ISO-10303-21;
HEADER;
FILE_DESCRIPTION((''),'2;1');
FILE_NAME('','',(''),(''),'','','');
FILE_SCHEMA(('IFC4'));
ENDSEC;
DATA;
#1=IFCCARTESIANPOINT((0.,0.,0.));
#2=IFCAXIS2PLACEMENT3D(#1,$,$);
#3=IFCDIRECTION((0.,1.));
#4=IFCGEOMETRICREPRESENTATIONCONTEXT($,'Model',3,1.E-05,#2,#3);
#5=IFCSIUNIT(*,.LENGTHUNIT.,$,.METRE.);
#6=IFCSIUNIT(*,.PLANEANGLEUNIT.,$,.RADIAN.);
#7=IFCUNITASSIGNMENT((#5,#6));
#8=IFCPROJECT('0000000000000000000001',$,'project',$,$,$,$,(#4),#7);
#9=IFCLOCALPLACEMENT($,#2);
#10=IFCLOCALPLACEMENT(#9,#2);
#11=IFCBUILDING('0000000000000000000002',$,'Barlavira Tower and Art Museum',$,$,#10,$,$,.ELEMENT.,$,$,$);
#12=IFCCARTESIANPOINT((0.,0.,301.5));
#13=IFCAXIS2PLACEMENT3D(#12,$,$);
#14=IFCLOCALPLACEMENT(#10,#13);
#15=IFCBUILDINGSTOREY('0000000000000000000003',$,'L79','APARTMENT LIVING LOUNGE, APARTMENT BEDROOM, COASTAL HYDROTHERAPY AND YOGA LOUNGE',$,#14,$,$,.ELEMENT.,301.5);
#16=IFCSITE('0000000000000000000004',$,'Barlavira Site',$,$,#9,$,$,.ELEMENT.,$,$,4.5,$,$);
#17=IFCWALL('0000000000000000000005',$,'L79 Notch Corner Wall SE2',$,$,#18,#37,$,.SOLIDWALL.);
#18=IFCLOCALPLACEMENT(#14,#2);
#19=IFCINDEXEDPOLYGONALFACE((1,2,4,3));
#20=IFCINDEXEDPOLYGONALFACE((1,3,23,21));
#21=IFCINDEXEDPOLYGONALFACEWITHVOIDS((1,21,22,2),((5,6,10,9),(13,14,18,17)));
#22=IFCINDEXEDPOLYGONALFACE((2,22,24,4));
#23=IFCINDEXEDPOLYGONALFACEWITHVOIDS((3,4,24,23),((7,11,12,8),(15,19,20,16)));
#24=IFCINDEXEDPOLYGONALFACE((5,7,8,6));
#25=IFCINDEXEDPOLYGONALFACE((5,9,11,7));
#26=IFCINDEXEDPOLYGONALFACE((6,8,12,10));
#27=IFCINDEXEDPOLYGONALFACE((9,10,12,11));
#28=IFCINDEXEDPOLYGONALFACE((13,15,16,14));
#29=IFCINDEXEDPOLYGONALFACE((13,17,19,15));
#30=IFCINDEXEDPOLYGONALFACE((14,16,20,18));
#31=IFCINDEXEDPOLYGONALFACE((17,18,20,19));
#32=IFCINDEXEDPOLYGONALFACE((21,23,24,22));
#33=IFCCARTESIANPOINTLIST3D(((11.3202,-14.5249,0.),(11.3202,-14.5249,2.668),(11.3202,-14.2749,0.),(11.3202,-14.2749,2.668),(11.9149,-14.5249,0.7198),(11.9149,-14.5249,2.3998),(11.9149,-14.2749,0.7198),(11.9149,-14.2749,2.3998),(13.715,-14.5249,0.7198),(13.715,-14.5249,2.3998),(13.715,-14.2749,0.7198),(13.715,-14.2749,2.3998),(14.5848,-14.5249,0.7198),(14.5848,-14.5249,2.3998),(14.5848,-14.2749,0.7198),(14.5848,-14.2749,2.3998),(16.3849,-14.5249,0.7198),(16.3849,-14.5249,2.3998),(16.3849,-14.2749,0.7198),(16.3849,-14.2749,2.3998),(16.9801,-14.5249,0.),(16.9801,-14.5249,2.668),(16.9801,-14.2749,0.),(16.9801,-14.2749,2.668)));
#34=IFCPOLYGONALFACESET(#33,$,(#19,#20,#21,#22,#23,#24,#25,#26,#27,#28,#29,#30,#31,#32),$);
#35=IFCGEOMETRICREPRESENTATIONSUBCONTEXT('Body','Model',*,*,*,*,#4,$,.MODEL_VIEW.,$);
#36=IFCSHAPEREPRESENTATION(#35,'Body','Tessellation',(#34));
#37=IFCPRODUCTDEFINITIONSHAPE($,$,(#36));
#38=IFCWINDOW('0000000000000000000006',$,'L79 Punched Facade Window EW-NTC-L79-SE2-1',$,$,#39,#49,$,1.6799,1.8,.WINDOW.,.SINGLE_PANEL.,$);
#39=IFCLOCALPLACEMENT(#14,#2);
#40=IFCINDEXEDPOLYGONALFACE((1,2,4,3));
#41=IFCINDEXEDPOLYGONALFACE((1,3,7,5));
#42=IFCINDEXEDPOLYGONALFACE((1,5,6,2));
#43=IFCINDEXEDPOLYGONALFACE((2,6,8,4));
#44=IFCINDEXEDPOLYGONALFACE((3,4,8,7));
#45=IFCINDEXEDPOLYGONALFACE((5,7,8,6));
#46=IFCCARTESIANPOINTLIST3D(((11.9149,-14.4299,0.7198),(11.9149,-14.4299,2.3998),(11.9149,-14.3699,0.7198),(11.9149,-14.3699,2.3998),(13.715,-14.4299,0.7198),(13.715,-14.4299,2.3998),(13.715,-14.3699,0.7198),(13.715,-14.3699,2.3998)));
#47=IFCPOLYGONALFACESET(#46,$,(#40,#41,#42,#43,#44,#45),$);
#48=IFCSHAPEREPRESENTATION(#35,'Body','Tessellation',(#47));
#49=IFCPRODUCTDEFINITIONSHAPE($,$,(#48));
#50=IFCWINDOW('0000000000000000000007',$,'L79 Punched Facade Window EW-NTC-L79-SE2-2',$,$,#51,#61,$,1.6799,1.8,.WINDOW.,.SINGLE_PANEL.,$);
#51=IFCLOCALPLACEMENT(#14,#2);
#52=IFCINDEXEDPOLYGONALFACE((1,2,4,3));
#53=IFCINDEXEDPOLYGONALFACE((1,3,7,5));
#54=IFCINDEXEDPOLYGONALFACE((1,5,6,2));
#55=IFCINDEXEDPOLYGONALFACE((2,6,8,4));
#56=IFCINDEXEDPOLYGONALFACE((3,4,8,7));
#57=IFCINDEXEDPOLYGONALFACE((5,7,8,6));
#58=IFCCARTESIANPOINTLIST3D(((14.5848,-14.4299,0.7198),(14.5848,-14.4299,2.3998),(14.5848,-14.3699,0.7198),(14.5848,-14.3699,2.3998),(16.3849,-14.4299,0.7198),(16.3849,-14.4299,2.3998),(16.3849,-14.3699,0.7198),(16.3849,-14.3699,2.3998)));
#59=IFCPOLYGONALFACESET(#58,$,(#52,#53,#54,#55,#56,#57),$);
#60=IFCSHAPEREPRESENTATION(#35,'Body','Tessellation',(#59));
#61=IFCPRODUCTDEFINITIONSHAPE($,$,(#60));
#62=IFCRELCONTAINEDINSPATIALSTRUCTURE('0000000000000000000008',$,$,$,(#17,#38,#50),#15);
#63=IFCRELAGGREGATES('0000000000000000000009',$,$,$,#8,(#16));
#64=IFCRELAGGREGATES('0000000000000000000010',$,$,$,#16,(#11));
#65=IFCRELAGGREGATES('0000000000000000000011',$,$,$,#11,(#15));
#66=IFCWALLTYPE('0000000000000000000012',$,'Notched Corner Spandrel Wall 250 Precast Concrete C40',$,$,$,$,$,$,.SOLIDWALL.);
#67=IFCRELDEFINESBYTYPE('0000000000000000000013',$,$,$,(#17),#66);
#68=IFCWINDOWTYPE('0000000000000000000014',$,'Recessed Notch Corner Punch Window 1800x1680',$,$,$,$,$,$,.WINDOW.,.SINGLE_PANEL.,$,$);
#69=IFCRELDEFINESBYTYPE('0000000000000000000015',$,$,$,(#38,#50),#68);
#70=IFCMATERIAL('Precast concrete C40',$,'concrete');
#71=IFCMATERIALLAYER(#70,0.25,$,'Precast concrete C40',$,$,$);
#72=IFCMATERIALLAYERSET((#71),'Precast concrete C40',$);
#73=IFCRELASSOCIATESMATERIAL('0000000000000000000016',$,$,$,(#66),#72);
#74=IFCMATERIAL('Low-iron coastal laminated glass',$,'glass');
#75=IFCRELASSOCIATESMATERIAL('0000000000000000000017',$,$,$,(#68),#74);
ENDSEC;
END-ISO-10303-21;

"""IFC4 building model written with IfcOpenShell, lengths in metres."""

from ifc_helpers import new_model, si_unit, direction, frame, frame_2d, origin, place, context, subcontext, project, spatial, rectangle, extrude, material, layer, layer_set, type_object, element, fill, save


model = new_model("IFC4")

# Units and contexts
model_context = context("Model", 3, precision=1e-05, world=origin(), true_north=direction((0.0, 1.0)))
body_context = subcontext(model_context, "Body", "Model", "MODEL_VIEW")
ifc_project = project(units=[si_unit("LENGTHUNIT", "METRE"), si_unit("PLANEANGLEUNIT", "RADIAN")], contexts=[model_context])

# Site, building, storey
site_placement = place(None, origin())
site = spatial("IfcSite", under=ifc_project, at=site_placement, Name="Barlavira Site", CompositionType="ELEMENT", RefElevation=4.5)
building_placement = place(site_placement, origin())
building = spatial("IfcBuilding", under=site, at=building_placement, Name="Barlavira Tower and Art Museum", CompositionType="ELEMENT")
storey_placement = place(building_placement, frame((0.0, 0.0, 301.5)))
storey = spatial("IfcBuildingStorey", under=building, at=storey_placement, Name="L79", Description="APARTMENT LIVING LOUNGE, APARTMENT BEDROOM, COASTAL HYDROTHERAPY AND YOGA LOUNGE", CompositionType="ELEMENT", Elevation=301.5)

# Shared definitions
ifc_material_1 = material(Name="Low-iron coastal laminated glass", Category="glass")

# Shared definitions
ifc_material_2 = material(Name="Precast concrete C40", Category="concrete")
ifc_layer_1 = layer(ifc_material_2, 0.25, Name="Precast concrete C40")
ifc_layer_set_1 = layer_set([ifc_layer_1], Name="Precast concrete C40")
wall_type_1 = type_object("IfcWallType", Name="Notched Corner Spandrel Wall 250 Precast Concrete C40", PredefinedType="SOLIDWALL", material=ifc_layer_set_1)

# Shared definitions
window_type_1 = type_object("IfcWindowType", Name="Recessed Notch Corner Punch Window 1800x1680", PartitioningType="SINGLE_PANEL", PredefinedType="WINDOW", material=ifc_material_1)

# Wall, openings, windows
wall_1_placement = place(storey_placement, frame((11.3201, -14.3999, 0.0), z_axis=(0.0, 0.0, 1.0), x_axis=(1.0, 0.0, 0.0)))
wall_1 = element("IfcWall", 1, at=wall_1_placement, inside=storey, type_object=wall_type_1, Name="L79 Notch Corner Wall SE2", PredefinedType="SOLIDWALL", context=body_context, shape_type="SweptSolid", body=[
    extrude(rectangle(XDim=5.6599, YDim=0.25, at=frame_2d((2.8301, 0.0))), origin(), (0.0, 0.0, 1.0), 2.668),
])
opening_1_placement = place(wall_1_placement, frame((0.595, 0.0, 0.72)))
opening_1 = element("IfcOpeningElement", 2, at=opening_1_placement, cuts=wall_1, PredefinedType="OPENING", context=body_context, shape_type="SweptSolid", body=[
    extrude(rectangle(XDim=1.8, YDim=1.6799, at=frame_2d((0.8999, 0.8398))), frame((0.0, 0.135, 0.0), z_axis=(0.0, -1.0, 0.0), x_axis=(1.0, 0.0, 0.0)), (0.0, 0.0, 1.0), 0.27),
])
opening_2_placement = place(wall_1_placement, frame((3.2649, 0.0, 0.72)))
opening_2 = element("IfcOpeningElement", 3, at=opening_2_placement, cuts=wall_1, PredefinedType="OPENING", context=body_context, shape_type="SweptSolid", body=[
    extrude(rectangle(XDim=1.8, YDim=1.6799, at=frame_2d((0.8999, 0.8398))), frame((0.0, 0.135, 0.0), z_axis=(0.0, -1.0, 0.0), x_axis=(1.0, 0.0, 0.0)), (0.0, 0.0, 1.0), 0.27),
])
window_1_placement = place(opening_1_placement, origin())
window_1 = element("IfcWindow", 4, at=window_1_placement, inside=storey, type_object=window_type_1, Name="L79 Punched Facade Window EW-NTC-L79-SE2-1", OverallHeight=1.6799, OverallWidth=1.8, PartitioningType="SINGLE_PANEL", PredefinedType="WINDOW", context=body_context, shape_type="SweptSolid", body=[
    extrude(rectangle(XDim=1.8, YDim=1.6799, at=frame_2d((0.8999, 0.8398))), frame((0.0, 0.03, 0.0), z_axis=(0.0, -1.0, 0.0), x_axis=(1.0, 0.0, 0.0)), (0.0, 0.0, 1.0), 0.0601),
])
fill(opening_1, window_1)
window_2_placement = place(opening_2_placement, origin())
window_2 = element("IfcWindow", 5, at=window_2_placement, inside=storey, type_object=window_type_1, Name="L79 Punched Facade Window EW-NTC-L79-SE2-2", OverallHeight=1.6799, OverallWidth=1.8, PartitioningType="SINGLE_PANEL", PredefinedType="WINDOW", context=body_context, shape_type="SweptSolid", body=[
    extrude(rectangle(XDim=1.8, YDim=1.6799, at=frame_2d((0.8999, 0.8398))), frame((0.0, 0.03, 0.0), z_axis=(0.0, -1.0, 0.0), x_axis=(1.0, 0.0, 0.0)), (0.0, 0.0, 1.0), 0.0601),
])
fill(opening_2, window_2)

save(model, "model.ifc")
